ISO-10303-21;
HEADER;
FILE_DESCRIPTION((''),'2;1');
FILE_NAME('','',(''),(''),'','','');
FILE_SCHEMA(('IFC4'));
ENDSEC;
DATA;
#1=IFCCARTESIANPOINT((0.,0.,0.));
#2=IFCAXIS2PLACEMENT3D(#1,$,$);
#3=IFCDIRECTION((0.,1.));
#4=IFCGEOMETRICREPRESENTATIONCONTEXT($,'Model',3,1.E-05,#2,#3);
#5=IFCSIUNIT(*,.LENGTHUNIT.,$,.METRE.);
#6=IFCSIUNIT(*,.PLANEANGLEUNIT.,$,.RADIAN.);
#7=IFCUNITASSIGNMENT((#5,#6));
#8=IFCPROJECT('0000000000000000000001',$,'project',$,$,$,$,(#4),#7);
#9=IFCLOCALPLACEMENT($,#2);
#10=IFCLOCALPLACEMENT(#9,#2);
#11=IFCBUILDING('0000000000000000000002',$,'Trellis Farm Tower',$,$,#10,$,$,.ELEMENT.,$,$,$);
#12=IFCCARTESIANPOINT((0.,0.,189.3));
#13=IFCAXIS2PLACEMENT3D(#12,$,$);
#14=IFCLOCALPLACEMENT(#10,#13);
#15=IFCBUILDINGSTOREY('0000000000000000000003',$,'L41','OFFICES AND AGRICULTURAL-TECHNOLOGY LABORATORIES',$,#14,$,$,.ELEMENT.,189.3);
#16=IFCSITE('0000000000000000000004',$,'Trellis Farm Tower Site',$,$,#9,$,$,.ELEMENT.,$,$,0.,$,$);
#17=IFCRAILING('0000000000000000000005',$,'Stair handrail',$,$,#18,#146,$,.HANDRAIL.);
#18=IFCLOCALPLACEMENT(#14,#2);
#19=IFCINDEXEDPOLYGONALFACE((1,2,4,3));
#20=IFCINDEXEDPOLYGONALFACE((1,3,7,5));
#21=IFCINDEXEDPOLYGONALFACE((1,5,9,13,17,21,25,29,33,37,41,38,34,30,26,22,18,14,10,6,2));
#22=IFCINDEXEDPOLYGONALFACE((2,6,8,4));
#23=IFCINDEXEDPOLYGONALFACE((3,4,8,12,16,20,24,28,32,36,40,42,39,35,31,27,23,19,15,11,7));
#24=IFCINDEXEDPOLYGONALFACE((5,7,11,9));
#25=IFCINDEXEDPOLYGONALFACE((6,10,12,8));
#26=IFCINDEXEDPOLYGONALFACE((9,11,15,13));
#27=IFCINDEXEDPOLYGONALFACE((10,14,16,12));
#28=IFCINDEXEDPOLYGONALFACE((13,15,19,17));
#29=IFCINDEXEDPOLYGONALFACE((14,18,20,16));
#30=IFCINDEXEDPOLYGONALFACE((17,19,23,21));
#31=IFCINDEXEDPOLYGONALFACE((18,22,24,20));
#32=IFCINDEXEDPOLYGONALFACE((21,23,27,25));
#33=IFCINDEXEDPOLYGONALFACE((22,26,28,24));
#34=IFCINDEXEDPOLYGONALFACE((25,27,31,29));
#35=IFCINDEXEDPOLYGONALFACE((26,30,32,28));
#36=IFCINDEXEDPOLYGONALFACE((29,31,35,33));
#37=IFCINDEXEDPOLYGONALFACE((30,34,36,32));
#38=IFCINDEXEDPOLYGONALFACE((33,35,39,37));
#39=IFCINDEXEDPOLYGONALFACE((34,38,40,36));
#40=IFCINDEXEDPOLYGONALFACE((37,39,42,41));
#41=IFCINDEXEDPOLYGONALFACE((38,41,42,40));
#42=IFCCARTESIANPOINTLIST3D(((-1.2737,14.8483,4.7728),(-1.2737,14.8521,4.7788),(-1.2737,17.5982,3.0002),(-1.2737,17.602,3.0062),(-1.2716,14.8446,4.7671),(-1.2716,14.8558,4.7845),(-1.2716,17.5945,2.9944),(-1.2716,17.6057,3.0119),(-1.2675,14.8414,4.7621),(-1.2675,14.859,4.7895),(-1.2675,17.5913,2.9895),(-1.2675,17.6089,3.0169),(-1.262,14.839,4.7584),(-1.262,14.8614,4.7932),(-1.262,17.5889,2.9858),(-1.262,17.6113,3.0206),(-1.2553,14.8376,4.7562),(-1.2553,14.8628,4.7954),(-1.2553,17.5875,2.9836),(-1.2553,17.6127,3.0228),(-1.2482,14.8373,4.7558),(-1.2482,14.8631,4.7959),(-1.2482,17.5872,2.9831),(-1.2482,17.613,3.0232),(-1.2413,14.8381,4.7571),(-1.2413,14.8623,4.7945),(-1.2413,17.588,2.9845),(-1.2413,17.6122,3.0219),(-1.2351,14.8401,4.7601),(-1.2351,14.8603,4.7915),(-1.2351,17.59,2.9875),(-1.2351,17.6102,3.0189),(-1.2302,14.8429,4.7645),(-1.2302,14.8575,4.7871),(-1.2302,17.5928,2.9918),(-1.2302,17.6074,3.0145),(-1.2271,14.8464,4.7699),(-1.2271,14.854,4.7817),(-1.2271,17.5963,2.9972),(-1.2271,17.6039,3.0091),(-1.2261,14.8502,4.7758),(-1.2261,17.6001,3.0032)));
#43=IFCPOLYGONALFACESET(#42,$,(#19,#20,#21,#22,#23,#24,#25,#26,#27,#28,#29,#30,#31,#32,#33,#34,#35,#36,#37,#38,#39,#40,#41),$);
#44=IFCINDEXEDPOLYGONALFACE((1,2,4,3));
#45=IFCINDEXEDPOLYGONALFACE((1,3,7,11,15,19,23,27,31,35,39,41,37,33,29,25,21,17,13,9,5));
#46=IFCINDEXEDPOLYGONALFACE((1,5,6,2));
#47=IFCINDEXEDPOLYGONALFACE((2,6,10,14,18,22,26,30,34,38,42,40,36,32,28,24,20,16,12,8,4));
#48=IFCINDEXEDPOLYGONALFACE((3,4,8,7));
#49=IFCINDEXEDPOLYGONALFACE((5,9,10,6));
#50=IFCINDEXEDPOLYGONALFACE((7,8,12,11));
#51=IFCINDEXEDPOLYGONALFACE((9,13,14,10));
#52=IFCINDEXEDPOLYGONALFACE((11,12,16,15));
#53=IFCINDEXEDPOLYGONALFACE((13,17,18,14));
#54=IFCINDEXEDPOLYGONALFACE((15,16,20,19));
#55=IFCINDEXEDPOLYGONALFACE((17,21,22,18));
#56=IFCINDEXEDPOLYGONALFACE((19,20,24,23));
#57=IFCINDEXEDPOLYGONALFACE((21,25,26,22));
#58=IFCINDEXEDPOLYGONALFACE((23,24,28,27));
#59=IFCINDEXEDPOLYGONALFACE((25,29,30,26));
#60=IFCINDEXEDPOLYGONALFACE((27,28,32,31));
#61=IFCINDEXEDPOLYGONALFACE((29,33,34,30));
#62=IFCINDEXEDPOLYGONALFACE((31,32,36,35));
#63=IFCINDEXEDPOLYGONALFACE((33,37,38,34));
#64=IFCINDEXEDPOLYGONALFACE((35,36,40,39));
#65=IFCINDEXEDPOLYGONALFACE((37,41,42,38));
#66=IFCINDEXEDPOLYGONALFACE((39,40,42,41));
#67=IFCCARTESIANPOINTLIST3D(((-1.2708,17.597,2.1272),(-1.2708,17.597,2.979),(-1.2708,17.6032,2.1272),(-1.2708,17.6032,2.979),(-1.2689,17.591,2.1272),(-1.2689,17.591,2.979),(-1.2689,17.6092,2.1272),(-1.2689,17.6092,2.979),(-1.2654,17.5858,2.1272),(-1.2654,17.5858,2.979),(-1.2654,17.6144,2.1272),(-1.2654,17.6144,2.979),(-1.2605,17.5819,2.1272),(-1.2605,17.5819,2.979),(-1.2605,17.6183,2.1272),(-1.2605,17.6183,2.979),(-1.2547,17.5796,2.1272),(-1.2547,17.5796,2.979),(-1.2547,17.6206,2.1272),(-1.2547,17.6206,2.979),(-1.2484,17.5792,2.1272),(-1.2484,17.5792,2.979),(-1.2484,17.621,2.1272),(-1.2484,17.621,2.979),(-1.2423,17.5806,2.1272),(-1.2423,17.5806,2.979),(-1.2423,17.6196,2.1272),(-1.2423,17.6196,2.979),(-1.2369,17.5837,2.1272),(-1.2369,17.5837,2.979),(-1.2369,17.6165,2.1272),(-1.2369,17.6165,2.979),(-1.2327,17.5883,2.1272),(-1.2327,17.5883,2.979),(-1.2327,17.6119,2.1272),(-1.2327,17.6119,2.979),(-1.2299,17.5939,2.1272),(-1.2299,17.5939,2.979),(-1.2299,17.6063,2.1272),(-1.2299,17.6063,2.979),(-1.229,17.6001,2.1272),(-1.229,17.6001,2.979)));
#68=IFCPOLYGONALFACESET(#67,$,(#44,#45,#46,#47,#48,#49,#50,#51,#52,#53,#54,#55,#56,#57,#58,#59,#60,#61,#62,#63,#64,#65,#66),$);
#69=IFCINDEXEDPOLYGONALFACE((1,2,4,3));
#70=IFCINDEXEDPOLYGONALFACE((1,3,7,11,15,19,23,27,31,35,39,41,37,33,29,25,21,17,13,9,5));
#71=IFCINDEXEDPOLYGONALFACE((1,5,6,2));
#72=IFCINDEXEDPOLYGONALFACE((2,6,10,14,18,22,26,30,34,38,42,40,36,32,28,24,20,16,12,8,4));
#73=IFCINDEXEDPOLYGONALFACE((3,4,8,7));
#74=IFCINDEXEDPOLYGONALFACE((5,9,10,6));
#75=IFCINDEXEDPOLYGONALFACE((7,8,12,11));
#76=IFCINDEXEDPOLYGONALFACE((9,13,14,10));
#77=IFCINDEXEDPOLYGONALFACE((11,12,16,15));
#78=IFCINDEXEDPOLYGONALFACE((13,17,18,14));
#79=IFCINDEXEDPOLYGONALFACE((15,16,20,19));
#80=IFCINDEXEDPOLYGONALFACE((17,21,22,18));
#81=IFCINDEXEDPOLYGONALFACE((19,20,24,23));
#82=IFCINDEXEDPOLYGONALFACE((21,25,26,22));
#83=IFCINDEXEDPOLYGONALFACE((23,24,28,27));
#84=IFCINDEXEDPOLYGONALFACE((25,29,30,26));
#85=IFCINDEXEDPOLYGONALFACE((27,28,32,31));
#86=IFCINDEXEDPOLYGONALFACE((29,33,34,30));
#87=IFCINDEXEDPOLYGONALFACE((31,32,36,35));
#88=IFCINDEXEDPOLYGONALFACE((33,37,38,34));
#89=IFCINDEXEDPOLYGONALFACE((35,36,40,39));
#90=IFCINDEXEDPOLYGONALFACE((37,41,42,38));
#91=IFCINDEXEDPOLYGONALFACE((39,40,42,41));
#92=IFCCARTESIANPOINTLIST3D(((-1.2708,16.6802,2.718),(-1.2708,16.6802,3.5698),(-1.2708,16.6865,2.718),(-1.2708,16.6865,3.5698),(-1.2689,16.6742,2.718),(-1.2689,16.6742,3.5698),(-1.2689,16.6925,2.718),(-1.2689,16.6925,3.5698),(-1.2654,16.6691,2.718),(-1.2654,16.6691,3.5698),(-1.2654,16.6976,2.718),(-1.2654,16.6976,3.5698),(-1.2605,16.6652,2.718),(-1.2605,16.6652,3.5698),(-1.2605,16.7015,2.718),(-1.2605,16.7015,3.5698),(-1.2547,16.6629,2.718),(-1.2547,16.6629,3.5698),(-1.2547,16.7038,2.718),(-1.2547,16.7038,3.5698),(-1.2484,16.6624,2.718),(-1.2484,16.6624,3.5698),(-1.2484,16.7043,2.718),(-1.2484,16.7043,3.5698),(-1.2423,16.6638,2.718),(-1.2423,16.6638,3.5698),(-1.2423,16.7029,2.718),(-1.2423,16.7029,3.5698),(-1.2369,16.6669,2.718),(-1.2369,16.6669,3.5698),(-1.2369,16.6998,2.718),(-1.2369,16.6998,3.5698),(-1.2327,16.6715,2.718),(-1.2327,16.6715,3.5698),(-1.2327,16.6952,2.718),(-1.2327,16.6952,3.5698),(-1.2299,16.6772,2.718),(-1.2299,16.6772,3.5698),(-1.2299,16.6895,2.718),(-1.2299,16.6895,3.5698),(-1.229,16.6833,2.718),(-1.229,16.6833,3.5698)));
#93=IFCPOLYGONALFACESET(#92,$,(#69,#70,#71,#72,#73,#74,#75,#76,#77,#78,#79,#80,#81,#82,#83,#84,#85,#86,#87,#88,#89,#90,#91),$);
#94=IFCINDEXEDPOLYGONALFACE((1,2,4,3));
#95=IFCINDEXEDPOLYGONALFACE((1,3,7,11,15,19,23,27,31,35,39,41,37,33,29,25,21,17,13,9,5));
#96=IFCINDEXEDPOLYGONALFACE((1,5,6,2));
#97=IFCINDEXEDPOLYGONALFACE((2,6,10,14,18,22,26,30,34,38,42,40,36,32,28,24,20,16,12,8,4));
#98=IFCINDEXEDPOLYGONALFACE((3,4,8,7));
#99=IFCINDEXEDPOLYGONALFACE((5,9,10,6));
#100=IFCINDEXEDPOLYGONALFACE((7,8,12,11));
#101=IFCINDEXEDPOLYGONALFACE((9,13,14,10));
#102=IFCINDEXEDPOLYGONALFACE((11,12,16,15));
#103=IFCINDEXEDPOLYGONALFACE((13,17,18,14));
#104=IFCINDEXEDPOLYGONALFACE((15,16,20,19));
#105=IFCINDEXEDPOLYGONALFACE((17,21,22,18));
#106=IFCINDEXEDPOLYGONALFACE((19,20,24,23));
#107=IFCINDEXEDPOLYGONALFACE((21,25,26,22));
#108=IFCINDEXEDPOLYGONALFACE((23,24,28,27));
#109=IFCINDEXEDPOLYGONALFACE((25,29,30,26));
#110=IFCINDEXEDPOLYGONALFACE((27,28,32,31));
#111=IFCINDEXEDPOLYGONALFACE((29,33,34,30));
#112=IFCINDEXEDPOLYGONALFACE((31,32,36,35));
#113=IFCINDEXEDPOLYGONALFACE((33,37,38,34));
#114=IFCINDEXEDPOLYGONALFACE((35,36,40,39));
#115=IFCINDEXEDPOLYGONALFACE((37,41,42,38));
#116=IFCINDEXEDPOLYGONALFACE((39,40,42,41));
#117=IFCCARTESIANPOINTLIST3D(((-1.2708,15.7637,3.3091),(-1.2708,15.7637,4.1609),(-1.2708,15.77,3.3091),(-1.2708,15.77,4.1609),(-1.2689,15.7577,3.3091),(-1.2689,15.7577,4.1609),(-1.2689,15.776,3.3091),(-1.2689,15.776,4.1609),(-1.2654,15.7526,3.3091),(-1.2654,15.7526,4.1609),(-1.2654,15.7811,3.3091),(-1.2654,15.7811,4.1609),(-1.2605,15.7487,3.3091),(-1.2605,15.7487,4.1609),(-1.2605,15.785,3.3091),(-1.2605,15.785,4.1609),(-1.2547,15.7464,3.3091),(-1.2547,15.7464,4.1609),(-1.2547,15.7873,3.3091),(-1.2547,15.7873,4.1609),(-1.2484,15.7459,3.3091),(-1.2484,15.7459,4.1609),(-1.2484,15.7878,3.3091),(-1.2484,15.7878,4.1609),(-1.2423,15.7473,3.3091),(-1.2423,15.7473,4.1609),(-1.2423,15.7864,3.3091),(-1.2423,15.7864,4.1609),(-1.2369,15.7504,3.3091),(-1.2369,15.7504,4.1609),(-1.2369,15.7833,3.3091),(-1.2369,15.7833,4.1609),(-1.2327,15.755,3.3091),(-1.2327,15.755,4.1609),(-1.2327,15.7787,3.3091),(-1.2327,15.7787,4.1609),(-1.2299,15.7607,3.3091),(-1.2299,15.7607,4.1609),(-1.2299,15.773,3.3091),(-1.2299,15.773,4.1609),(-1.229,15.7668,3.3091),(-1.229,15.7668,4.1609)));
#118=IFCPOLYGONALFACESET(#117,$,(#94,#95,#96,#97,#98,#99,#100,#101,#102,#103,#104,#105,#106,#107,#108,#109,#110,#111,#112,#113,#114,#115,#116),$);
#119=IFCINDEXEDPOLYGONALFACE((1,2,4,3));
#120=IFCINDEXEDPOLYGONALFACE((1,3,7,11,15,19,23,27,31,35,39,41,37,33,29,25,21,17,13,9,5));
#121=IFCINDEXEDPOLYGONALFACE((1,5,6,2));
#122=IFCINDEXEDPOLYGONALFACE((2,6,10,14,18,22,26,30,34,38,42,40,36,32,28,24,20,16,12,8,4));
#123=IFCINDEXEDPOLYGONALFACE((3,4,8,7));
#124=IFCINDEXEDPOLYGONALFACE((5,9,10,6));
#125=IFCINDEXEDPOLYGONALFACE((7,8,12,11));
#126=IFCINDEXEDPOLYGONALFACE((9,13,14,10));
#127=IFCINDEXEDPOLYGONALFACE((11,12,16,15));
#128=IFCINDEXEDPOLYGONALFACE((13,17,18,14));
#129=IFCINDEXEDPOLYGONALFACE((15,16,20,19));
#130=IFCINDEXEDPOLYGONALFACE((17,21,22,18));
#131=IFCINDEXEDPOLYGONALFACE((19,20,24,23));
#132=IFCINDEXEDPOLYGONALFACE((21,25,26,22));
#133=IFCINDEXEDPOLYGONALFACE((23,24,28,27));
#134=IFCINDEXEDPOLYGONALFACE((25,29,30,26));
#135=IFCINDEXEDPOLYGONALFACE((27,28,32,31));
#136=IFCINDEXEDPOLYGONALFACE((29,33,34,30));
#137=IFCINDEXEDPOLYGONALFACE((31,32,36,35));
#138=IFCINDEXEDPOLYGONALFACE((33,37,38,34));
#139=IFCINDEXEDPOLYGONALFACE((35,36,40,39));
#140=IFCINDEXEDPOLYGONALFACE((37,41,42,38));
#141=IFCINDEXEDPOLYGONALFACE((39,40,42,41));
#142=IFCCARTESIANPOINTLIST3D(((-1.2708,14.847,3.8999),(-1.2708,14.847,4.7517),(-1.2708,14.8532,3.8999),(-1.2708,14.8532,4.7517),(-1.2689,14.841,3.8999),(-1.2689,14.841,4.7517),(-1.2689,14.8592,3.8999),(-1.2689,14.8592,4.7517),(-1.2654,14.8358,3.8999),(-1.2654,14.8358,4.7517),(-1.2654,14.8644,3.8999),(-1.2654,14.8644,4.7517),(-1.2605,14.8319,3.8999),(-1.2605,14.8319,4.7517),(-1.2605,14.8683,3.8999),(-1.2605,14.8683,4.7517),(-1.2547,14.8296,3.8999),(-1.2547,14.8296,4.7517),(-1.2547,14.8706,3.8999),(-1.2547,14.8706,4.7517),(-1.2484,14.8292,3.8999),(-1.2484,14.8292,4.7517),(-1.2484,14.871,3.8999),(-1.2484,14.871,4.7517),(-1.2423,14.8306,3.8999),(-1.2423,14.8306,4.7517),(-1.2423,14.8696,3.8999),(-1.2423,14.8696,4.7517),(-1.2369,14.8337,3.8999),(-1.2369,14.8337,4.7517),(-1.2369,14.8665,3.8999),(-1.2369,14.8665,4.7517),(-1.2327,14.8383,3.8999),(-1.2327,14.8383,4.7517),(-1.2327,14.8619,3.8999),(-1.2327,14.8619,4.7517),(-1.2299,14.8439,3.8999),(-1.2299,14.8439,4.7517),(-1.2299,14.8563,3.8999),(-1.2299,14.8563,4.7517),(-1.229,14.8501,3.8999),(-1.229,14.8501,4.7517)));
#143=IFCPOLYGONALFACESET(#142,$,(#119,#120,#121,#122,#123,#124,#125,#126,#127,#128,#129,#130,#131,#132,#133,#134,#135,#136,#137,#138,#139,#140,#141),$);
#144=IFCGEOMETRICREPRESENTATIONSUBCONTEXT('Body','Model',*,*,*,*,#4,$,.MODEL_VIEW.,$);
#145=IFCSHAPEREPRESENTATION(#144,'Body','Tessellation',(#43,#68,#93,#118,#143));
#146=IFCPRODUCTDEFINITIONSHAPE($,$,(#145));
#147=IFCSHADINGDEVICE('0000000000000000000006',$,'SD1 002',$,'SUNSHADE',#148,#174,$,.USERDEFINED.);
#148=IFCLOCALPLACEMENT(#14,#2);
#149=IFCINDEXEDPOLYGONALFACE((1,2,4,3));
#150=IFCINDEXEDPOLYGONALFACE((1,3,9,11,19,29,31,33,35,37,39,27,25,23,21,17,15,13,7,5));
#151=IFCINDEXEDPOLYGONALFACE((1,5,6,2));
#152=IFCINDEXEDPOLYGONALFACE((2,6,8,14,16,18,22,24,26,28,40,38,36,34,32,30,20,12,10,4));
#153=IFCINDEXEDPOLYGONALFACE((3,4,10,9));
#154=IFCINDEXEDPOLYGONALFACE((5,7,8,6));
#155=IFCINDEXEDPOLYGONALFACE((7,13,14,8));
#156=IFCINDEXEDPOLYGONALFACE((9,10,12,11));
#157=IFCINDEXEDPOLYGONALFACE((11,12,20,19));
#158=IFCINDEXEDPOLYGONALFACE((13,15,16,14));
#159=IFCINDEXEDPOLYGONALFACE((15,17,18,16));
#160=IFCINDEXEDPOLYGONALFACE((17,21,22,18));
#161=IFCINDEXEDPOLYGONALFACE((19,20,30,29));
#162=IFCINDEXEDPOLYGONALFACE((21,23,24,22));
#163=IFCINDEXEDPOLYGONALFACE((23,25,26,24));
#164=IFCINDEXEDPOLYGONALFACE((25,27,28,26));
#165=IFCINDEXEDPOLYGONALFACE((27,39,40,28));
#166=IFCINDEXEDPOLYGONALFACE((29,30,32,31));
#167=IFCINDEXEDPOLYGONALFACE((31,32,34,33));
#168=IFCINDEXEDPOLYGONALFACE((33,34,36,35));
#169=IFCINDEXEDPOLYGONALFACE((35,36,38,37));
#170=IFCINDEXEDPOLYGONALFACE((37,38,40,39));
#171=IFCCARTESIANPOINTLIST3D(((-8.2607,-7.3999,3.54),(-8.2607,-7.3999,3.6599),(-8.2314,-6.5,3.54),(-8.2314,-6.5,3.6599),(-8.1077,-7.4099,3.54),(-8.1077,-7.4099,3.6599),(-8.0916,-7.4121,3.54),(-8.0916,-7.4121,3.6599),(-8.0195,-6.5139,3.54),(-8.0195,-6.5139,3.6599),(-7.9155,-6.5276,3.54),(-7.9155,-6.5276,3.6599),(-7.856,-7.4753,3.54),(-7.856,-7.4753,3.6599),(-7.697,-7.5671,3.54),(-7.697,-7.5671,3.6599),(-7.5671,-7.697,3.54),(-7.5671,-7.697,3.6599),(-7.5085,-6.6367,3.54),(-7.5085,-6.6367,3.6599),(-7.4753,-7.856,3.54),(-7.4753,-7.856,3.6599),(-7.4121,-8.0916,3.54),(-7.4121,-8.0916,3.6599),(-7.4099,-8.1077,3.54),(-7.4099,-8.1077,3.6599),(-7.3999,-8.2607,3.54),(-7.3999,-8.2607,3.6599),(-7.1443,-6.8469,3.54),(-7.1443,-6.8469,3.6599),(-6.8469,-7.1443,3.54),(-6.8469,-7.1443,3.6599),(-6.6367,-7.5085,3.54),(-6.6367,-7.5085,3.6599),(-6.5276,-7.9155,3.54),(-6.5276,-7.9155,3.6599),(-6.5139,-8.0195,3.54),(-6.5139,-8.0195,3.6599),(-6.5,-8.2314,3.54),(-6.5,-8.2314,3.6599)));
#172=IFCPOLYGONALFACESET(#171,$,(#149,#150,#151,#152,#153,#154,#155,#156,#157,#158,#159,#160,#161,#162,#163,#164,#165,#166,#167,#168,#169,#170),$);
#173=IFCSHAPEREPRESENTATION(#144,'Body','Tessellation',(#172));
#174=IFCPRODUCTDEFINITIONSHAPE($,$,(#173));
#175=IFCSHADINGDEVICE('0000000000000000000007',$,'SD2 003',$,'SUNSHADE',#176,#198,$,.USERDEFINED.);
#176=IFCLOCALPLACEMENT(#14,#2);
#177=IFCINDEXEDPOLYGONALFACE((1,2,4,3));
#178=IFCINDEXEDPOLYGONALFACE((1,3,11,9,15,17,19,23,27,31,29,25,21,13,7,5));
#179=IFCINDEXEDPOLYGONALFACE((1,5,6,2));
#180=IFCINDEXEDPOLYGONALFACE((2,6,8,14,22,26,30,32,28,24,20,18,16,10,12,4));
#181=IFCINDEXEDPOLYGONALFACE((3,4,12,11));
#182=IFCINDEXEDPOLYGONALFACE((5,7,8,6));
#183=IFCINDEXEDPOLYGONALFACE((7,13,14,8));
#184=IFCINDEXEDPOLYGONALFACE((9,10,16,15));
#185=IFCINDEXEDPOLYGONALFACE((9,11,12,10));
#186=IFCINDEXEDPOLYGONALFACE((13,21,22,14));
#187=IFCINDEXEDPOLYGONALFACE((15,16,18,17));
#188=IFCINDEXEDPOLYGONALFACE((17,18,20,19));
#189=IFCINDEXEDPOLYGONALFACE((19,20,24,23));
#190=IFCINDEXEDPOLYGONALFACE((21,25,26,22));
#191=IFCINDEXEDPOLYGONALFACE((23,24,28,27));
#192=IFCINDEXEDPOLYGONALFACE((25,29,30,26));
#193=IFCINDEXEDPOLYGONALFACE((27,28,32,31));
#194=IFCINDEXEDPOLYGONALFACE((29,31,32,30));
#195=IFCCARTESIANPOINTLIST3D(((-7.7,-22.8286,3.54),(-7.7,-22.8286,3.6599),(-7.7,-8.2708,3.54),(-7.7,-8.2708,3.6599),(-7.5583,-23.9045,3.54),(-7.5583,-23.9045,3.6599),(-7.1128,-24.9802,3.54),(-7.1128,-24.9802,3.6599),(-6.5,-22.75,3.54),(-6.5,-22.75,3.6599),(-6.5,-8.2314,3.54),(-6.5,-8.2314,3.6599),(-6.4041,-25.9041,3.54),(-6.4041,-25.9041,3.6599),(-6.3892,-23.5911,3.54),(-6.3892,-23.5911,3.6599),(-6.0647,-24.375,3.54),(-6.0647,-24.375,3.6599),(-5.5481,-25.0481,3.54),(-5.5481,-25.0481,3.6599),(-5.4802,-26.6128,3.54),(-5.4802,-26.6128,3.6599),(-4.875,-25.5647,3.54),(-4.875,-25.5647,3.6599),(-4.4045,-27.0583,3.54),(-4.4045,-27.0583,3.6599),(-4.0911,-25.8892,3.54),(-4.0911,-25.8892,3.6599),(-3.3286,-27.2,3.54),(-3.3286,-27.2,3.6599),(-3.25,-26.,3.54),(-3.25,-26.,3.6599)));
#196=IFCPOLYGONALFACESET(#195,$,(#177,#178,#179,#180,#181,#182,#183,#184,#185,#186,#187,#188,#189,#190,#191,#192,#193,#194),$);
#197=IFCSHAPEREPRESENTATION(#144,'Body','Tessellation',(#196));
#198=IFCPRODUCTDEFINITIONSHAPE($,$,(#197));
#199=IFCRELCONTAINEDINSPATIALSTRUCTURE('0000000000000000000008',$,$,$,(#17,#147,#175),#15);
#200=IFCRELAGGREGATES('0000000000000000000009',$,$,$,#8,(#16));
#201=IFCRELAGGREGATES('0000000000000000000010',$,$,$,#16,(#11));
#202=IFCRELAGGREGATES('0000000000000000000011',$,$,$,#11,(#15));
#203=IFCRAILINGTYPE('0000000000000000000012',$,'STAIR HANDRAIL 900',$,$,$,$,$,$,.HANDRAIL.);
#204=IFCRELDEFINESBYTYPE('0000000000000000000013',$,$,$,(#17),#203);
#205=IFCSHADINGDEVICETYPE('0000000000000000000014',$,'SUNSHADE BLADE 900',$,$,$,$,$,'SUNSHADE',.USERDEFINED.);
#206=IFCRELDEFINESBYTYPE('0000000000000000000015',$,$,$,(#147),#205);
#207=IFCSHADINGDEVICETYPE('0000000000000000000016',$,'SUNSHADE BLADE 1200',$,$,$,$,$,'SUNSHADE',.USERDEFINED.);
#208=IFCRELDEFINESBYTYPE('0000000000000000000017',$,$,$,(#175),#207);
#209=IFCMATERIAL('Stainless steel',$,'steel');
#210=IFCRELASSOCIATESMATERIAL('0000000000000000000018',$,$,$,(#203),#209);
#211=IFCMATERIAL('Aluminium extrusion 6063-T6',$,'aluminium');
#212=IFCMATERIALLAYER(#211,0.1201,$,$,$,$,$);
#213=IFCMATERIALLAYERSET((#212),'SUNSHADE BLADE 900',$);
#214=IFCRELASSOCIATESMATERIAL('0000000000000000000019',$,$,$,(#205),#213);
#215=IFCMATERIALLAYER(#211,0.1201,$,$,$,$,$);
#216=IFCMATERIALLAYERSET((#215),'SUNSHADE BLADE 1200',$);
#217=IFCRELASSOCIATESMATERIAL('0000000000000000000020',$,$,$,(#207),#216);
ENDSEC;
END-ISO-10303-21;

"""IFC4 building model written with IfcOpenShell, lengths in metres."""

from ifc_helpers import new_model, si_unit, direction, frame, origin, origin_2d, place, context, subcontext, project, spatial, polyline, circle, outline, extrude, source, transform, mapped, material, layer, layer_set, type_object, element, save


model = new_model("IFC4")

# Units and contexts
model_context = context("Model", 3, precision=1e-05, world=origin(), true_north=direction((0.0, 1.0)))
body_context = subcontext(model_context, "Body", "Model", "MODEL_VIEW")
ifc_project = project(units=[si_unit("LENGTHUNIT", "METRE"), si_unit("PLANEANGLEUNIT", "RADIAN")], contexts=[model_context])

# Site, building, storey
site_placement = place(None, origin())
site = spatial("IfcSite", under=ifc_project, at=site_placement, Name="Trellis Farm Tower Site", CompositionType="ELEMENT", RefElevation=0.0)
building_placement = place(site_placement, origin())
building = spatial("IfcBuilding", under=site, at=building_placement, Name="Trellis Farm Tower", CompositionType="ELEMENT")
storey_placement = place(building_placement, frame((0.0, 0.0, 189.3)))
storey = spatial("IfcBuildingStorey", under=building, at=storey_placement, Name="L41", Description="OFFICES AND AGRICULTURAL-TECHNOLOGY LABORATORIES", CompositionType="ELEMENT", Elevation=189.3)

# Shared definitions
ifc_material_1 = material(Name="Aluminium extrusion 6063-T6", Category="aluminium")

# Railing
ifc_material_2 = material(Name="Stainless steel", Category="steel")
railing_type = type_object("IfcRailingType", Name="STAIR HANDRAIL 900", PredefinedType="HANDRAIL", material=ifc_material_2)
shared_shape_1 = source(origin(), body_context, "Body", "SweptSolid", [
    extrude(circle(Radius=0.0239, at=origin_2d()), frame((0.0, 0.0, 0.876), z_axis=(0.0, -0.840504, 0.541806), x_axis=(1.0, 0.0, 0.0)), (0.0, 0.0, 1.0), 3.2717),
    extrude(circle(Radius=0.021, at=origin_2d()), origin(), (0.0, 0.0, 1.0), 0.8518),
    extrude(circle(Radius=0.021, at=origin_2d()), frame((0.0, -0.9167, 0.5908)), (0.0, 0.0, 1.0), 0.8518),
    extrude(circle(Radius=0.021, at=origin_2d()), frame((0.0, -1.8333, 1.1819)), (0.0, 0.0, 1.0), 0.8518),
    extrude(circle(Radius=0.021, at=origin_2d()), frame((0.0, -2.75, 1.7727)), (0.0, 0.0, 1.0), 0.8518),
])
railing_placement = place(storey_placement, frame((-1.25, 17.6001, 2.1272)))
element("IfcRailing", 1, at=railing_placement, inside=storey, type_object=railing_type, Name="Stair handrail", PredefinedType="HANDRAIL", context=body_context, shape_type="MappedRepresentation", body=[
    mapped(shared_shape_1, transform((0.0, 0.0, 0.0))),
])

# Shading devices
ifc_layer_1 = layer(ifc_material_1, 0.1201)
ifc_layer_set_1 = layer_set([ifc_layer_1], Name="SUNSHADE BLADE 900")
shading_device_type_1 = type_object("IfcShadingDeviceType", Name="SUNSHADE BLADE 900", ElementType="SUNSHADE", PredefinedType="USERDEFINED", material=ifc_layer_set_1)
shared_shape_2 = source(origin(), body_context, "Body", "SweptSolid", [
    extrude(outline(polyline([(-8.2607, -7.3999), (-8.1077, -7.4099), (-8.0916, -7.4121), (-7.856, -7.4753), (-7.697, -7.5671), (-7.5671, -7.697), (-7.4753, -7.856), (-7.4121, -8.0916), (-7.4099, -8.1077), (-7.3999, -8.2607), (-6.5, -8.2314), (-6.5139, -8.0195), (-6.5276, -7.9155), (-6.6367, -7.5085), (-6.8469, -7.1443), (-7.1443, -6.8469), (-7.5085, -6.6367), (-7.9155, -6.5276), (-8.0195, -6.5139), (-8.2314, -6.5), (-8.2607, -7.3999)])), origin(), (0.0, 0.0, 1.0), 0.1199),
])
placement_1 = place(storey_placement, frame((0.0, 0.0, 3.54)))
element("IfcShadingDevice", 2, at=placement_1, inside=storey, type_object=shading_device_type_1, Name="SD1 002", ObjectType="SUNSHADE", PredefinedType="USERDEFINED", context=body_context, shape_type="MappedRepresentation", body=[
    mapped(shared_shape_2, transform((0.0, 0.0, 0.0))),
])
ifc_layer_2 = layer(ifc_material_1, 0.1201)
ifc_layer_set_2 = layer_set([ifc_layer_2], Name="SUNSHADE BLADE 1200")
shading_device_type_2 = type_object("IfcShadingDeviceType", Name="SUNSHADE BLADE 1200", ElementType="SUNSHADE", PredefinedType="USERDEFINED", material=ifc_layer_set_2)
shared_shape_3 = source(origin(), body_context, "Body", "SweptSolid", [
    extrude(outline(polyline([(-7.7, -8.2708), (-7.7, -22.8286), (-7.5583, -23.9045), (-7.1128, -24.9802), (-6.4041, -25.9041), (-5.4802, -26.6128), (-4.4045, -27.0583), (-3.3286, -27.2), (-3.25, -26.0), (-4.0911, -25.8892), (-4.875, -25.5647), (-5.5481, -25.0481), (-6.0647, -24.375), (-6.3892, -23.5911), (-6.5, -22.75), (-6.5, -8.2314), (-7.7, -8.2708)])), origin(), (0.0, 0.0, 1.0), 0.1199),
])
element("IfcShadingDevice", 3, at=placement_1, inside=storey, type_object=shading_device_type_2, Name="SD2 003", ObjectType="SUNSHADE", PredefinedType="USERDEFINED", context=body_context, shape_type="MappedRepresentation", body=[
    mapped(shared_shape_3, transform((0.0, 0.0, 0.0))),
])

save(model, "model.ifc")
